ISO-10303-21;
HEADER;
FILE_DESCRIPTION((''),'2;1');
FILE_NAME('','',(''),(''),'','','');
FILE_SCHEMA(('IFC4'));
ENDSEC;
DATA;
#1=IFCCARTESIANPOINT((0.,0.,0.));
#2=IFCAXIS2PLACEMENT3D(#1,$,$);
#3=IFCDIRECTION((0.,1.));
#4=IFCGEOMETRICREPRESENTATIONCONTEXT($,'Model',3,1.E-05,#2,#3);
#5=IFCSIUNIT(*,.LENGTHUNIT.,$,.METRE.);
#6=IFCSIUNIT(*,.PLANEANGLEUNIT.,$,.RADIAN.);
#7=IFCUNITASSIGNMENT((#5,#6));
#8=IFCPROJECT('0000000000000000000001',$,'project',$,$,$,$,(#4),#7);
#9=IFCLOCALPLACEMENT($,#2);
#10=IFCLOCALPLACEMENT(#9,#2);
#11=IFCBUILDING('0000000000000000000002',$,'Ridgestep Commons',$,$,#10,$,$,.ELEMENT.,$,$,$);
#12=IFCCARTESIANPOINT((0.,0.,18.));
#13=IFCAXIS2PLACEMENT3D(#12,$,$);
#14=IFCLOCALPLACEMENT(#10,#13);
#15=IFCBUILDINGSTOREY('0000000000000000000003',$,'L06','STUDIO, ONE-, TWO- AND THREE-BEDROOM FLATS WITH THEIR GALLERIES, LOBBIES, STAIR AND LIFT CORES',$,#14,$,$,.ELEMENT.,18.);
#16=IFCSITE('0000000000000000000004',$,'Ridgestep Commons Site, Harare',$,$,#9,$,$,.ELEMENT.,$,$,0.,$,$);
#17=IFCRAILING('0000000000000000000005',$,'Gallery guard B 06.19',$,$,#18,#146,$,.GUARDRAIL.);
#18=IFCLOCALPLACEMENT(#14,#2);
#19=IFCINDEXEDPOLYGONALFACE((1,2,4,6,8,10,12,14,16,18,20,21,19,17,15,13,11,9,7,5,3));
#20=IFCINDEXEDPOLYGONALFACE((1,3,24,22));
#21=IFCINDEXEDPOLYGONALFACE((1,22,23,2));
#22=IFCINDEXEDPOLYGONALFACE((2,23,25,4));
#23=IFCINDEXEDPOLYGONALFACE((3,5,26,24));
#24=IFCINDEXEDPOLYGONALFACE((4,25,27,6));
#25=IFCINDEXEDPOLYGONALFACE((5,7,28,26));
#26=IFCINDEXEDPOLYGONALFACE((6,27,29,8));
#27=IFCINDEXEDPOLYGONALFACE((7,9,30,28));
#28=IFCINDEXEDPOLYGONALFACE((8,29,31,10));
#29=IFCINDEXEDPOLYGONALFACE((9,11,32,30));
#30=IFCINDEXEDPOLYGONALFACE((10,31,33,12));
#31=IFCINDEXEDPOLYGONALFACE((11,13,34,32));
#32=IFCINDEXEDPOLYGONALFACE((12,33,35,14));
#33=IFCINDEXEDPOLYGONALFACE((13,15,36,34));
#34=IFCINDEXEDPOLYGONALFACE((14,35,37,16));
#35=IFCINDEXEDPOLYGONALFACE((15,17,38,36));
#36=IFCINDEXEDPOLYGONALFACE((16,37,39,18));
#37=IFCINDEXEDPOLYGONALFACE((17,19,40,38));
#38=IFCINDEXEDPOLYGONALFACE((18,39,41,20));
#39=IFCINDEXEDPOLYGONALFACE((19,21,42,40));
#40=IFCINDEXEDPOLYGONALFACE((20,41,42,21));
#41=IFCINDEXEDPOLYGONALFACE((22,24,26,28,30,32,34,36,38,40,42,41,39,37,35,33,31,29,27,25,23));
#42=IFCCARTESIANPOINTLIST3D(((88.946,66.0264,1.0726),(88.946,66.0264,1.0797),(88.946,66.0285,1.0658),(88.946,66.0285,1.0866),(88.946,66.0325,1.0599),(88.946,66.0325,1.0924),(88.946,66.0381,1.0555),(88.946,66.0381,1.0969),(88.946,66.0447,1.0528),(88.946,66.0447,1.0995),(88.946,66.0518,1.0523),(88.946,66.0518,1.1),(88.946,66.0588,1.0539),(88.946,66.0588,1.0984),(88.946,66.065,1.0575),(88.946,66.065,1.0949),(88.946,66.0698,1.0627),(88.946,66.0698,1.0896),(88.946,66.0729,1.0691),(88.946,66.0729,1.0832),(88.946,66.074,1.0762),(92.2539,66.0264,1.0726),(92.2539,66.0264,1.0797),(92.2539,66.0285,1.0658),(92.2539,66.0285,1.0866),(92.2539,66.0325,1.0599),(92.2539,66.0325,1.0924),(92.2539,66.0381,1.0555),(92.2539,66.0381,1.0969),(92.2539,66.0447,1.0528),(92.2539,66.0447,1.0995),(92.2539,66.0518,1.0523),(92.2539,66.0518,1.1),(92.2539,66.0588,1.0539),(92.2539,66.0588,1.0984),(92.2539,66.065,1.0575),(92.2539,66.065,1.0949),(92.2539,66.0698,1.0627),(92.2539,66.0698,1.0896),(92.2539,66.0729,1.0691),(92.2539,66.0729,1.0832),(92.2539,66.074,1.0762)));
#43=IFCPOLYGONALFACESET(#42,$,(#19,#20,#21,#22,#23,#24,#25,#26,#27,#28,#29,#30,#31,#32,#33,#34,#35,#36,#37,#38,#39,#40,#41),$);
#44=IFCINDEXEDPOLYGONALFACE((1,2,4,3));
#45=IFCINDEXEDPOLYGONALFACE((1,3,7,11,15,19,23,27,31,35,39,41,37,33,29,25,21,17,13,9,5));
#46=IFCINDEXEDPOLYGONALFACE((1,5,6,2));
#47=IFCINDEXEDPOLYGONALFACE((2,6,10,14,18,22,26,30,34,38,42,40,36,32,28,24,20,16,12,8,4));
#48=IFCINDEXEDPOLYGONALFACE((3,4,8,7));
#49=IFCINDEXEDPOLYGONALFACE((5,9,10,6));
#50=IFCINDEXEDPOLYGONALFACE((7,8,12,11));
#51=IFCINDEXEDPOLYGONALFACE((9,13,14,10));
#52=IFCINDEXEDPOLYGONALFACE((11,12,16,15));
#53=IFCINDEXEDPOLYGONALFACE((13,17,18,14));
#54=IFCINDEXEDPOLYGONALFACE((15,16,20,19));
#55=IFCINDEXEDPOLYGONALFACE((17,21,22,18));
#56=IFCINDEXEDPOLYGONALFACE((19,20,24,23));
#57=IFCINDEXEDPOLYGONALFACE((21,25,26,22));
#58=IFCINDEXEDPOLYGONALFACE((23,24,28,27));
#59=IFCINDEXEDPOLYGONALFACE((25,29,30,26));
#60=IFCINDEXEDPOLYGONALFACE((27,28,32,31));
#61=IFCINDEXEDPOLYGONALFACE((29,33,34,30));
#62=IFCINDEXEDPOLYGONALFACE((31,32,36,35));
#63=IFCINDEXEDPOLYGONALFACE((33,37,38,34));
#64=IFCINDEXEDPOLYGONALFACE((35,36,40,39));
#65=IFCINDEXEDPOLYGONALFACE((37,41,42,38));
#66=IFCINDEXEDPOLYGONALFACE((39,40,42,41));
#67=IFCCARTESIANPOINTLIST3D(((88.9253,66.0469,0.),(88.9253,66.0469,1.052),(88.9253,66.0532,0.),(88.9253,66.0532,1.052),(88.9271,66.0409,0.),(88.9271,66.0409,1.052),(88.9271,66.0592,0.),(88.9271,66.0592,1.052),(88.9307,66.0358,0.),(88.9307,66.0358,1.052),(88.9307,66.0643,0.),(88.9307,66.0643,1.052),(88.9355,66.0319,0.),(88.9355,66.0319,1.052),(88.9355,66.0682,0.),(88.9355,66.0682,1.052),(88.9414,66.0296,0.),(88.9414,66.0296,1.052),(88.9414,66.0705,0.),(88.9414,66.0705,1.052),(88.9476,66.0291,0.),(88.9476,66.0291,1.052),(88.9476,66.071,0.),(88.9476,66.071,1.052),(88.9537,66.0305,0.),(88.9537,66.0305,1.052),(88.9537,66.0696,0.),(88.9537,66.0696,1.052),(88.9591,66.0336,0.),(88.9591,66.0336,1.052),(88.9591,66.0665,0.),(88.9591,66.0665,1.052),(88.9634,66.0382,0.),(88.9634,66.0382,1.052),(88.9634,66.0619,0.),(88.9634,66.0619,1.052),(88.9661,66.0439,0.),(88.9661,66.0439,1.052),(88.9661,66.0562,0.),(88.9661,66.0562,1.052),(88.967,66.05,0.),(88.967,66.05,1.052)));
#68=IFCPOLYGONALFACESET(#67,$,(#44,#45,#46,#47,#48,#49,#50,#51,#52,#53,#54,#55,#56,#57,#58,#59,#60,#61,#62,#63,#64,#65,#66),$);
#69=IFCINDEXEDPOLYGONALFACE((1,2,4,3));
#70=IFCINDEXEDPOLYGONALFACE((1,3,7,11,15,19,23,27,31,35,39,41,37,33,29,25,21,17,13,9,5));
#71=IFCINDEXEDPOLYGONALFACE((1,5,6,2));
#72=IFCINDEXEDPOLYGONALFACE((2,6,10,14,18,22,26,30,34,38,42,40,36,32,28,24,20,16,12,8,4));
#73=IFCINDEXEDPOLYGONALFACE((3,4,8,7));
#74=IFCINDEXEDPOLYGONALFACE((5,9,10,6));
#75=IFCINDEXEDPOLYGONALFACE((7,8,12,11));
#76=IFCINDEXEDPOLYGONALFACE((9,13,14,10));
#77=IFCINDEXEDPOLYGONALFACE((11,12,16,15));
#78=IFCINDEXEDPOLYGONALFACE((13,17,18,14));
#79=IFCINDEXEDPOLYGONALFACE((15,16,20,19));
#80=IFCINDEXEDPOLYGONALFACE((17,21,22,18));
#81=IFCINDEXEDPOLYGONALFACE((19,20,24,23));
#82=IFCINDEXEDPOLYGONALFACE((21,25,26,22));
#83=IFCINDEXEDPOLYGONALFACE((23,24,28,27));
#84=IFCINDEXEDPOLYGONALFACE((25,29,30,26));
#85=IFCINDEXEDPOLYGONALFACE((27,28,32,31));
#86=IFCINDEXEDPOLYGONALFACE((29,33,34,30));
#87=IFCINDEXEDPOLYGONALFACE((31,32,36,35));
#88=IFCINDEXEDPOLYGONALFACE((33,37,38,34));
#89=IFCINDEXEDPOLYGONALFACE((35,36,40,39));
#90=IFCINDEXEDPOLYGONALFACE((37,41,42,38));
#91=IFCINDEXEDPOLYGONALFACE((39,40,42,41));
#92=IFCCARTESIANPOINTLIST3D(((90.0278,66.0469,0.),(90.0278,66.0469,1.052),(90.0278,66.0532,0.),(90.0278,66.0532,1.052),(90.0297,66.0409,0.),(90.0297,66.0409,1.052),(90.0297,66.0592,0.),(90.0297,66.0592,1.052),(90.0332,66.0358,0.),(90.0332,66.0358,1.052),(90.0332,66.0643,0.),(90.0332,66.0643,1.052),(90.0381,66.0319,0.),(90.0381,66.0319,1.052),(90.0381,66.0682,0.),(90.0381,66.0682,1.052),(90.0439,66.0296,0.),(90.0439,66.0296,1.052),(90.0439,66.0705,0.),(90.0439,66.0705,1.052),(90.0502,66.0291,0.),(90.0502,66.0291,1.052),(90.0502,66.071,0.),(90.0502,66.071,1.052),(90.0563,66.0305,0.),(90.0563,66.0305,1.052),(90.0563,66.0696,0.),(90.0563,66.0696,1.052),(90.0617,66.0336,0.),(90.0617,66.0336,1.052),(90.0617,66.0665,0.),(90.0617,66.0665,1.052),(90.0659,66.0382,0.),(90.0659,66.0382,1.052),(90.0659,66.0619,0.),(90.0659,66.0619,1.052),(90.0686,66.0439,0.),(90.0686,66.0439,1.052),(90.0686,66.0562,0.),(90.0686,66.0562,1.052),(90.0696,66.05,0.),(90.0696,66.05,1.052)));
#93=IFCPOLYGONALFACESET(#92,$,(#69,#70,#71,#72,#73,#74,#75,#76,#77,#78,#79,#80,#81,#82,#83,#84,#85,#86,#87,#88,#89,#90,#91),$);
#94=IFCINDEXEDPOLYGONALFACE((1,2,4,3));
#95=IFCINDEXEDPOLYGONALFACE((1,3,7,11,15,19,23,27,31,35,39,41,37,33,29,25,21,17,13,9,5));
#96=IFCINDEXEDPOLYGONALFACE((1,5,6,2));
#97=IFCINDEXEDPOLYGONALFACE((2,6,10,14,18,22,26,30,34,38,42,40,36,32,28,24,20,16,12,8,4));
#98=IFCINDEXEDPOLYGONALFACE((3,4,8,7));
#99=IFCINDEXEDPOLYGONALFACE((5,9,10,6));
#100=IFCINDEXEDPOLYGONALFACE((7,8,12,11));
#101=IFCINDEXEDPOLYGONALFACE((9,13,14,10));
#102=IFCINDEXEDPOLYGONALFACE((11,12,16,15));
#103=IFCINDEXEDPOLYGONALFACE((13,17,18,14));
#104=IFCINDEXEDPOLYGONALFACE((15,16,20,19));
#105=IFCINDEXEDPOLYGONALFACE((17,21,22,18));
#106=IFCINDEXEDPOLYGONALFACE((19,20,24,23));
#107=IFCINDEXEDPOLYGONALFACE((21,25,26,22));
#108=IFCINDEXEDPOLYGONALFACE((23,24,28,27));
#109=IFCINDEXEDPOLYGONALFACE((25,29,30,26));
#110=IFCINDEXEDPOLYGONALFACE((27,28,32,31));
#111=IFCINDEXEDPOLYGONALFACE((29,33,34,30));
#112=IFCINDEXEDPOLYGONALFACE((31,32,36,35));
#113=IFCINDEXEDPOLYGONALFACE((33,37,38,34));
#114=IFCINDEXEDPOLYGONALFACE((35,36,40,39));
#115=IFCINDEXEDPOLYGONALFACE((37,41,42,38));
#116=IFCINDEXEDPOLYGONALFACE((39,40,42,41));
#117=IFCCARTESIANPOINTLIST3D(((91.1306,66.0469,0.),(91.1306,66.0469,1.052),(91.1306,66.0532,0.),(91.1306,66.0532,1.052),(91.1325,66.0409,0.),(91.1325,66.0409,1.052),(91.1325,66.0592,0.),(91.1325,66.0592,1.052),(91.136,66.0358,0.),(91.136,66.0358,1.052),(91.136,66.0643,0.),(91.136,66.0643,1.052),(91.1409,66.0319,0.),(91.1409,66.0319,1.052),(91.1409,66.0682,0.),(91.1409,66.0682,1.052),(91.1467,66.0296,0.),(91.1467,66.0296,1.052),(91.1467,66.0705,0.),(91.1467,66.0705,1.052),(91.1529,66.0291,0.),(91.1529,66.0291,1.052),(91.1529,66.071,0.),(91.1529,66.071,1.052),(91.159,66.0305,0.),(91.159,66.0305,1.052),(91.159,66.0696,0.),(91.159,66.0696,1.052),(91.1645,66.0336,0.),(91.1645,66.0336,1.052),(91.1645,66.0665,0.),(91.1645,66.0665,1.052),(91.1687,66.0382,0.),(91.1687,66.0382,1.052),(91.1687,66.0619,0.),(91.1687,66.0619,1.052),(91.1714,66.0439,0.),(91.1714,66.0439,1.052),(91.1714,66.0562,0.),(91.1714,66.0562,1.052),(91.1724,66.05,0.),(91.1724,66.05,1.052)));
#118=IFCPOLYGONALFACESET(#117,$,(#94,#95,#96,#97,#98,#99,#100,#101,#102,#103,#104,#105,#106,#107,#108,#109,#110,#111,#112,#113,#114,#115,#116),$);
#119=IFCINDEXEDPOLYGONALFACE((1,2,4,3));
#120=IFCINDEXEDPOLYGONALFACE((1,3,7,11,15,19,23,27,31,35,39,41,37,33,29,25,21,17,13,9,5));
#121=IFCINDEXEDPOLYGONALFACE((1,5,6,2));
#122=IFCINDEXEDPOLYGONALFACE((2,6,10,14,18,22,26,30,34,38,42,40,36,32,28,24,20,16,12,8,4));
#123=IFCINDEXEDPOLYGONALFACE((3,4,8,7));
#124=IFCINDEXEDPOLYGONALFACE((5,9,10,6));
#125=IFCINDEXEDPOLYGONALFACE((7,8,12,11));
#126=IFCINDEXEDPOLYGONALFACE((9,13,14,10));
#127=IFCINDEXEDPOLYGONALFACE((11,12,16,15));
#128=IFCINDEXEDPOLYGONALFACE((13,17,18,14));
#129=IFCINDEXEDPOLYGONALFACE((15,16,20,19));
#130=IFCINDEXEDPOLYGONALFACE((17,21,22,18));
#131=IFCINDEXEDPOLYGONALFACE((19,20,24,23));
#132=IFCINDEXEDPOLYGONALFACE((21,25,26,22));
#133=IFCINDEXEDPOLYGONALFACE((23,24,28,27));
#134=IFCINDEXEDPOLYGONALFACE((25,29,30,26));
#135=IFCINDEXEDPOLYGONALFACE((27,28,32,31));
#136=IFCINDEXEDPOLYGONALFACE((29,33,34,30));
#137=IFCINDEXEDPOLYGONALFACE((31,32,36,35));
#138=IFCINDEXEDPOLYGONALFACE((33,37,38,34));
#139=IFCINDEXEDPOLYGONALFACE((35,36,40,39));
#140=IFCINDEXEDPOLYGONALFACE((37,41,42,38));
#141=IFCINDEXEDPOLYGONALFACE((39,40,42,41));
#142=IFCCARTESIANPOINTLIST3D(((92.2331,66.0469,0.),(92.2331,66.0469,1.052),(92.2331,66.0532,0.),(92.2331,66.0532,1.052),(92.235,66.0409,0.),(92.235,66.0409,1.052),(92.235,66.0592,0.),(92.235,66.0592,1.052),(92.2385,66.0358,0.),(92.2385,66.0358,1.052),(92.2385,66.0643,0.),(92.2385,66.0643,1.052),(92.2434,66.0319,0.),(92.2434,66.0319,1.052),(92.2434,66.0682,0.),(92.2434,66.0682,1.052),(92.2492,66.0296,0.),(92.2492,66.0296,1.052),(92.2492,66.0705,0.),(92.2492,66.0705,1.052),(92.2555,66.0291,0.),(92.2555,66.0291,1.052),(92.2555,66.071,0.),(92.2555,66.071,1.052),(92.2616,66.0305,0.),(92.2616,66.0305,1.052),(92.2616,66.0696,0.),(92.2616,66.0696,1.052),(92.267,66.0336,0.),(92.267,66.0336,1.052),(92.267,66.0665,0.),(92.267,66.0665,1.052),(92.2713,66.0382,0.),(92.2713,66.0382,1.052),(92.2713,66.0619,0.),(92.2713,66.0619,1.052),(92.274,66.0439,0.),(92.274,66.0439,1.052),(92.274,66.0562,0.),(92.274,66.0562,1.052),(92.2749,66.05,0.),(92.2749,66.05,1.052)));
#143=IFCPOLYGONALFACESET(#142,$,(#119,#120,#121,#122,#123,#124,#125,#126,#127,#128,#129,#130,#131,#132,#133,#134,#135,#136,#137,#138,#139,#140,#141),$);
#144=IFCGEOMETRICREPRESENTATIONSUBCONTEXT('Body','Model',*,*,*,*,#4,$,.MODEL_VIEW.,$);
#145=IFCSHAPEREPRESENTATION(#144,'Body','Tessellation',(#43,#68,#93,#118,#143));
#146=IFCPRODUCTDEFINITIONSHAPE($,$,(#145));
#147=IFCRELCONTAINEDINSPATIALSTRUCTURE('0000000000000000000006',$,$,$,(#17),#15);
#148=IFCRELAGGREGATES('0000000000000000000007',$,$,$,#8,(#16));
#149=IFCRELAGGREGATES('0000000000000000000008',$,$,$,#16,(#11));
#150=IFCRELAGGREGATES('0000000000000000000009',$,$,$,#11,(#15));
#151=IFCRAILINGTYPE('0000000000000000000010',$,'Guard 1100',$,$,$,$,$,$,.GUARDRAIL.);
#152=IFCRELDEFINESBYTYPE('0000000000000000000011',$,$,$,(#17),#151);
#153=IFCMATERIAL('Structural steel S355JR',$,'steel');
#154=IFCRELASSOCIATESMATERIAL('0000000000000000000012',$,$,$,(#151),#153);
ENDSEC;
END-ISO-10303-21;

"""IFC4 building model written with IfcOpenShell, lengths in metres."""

from ifc_helpers import new_model, si_unit, direction, frame, origin, origin_2d, place, context, subcontext, project, spatial, circle, extrude, material, type_object, element, save


model = new_model("IFC4")

# Units and contexts
model_context = context("Model", 3, precision=1e-05, world=origin(), true_north=direction((0.0, 1.0)))
body_context = subcontext(model_context, "Body", "Model", "MODEL_VIEW")
ifc_project = project(units=[si_unit("LENGTHUNIT", "METRE"), si_unit("PLANEANGLEUNIT", "RADIAN")], contexts=[model_context])

# Site, building, storey
site_placement = place(None, origin())
site = spatial("IfcSite", under=ifc_project, at=site_placement, Name="Ridgestep Commons Site, Harare", CompositionType="ELEMENT", RefElevation=0.0)
building_placement = place(site_placement, origin())
building = spatial("IfcBuilding", under=site, at=building_placement, Name="Ridgestep Commons", CompositionType="ELEMENT")
storey_placement = place(building_placement, frame((0.0, 0.0, 18.0)))
storey = spatial("IfcBuildingStorey", under=building, at=storey_placement, Name="L06", Description="STUDIO, ONE-, TWO- AND THREE-BEDROOM FLATS WITH THEIR GALLERIES, LOBBIES, STAIR AND LIFT CORES", CompositionType="ELEMENT", Elevation=18.0)

# Railing
ifc_material_1 = material(Name="Structural steel S355JR", Category="steel")
railing_type = type_object("IfcRailingType", Name="Guard 1100", PredefinedType="GUARDRAIL", material=ifc_material_1)
railing_1_placement = place(storey_placement, frame((88.946, 66.05, 0.0)))
element("IfcRailing", 1, at=railing_1_placement, inside=storey, type_object=railing_type, Name="Gallery guard B 06.19", PredefinedType="GUARDRAIL", context=body_context, shape_type="SweptSolid", body=[
    extrude(circle(Radius=0.0239, at=origin_2d()), frame((0.0, 0.0, 1.0762), z_axis=(1.0, 0.0, 0.0), x_axis=(0.0, 1.0, 0.0)), (0.0, 0.0, 1.0), 3.3079),
    extrude(circle(Radius=0.021, at=origin_2d()), origin(), (0.0, 0.0, 1.0), 1.052),
    extrude(circle(Radius=0.021, at=origin_2d()), frame((1.1025, 0.0, 0.0)), (0.0, 0.0, 1.0), 1.052),
    extrude(circle(Radius=0.021, at=origin_2d()), frame((2.2053, 0.0, 0.0)), (0.0, 0.0, 1.0), 1.052),
    extrude(circle(Radius=0.021, at=origin_2d()), frame((3.3079, 0.0, 0.0)), (0.0, 0.0, 1.0), 1.052),
])

save(model, "model.ifc")
